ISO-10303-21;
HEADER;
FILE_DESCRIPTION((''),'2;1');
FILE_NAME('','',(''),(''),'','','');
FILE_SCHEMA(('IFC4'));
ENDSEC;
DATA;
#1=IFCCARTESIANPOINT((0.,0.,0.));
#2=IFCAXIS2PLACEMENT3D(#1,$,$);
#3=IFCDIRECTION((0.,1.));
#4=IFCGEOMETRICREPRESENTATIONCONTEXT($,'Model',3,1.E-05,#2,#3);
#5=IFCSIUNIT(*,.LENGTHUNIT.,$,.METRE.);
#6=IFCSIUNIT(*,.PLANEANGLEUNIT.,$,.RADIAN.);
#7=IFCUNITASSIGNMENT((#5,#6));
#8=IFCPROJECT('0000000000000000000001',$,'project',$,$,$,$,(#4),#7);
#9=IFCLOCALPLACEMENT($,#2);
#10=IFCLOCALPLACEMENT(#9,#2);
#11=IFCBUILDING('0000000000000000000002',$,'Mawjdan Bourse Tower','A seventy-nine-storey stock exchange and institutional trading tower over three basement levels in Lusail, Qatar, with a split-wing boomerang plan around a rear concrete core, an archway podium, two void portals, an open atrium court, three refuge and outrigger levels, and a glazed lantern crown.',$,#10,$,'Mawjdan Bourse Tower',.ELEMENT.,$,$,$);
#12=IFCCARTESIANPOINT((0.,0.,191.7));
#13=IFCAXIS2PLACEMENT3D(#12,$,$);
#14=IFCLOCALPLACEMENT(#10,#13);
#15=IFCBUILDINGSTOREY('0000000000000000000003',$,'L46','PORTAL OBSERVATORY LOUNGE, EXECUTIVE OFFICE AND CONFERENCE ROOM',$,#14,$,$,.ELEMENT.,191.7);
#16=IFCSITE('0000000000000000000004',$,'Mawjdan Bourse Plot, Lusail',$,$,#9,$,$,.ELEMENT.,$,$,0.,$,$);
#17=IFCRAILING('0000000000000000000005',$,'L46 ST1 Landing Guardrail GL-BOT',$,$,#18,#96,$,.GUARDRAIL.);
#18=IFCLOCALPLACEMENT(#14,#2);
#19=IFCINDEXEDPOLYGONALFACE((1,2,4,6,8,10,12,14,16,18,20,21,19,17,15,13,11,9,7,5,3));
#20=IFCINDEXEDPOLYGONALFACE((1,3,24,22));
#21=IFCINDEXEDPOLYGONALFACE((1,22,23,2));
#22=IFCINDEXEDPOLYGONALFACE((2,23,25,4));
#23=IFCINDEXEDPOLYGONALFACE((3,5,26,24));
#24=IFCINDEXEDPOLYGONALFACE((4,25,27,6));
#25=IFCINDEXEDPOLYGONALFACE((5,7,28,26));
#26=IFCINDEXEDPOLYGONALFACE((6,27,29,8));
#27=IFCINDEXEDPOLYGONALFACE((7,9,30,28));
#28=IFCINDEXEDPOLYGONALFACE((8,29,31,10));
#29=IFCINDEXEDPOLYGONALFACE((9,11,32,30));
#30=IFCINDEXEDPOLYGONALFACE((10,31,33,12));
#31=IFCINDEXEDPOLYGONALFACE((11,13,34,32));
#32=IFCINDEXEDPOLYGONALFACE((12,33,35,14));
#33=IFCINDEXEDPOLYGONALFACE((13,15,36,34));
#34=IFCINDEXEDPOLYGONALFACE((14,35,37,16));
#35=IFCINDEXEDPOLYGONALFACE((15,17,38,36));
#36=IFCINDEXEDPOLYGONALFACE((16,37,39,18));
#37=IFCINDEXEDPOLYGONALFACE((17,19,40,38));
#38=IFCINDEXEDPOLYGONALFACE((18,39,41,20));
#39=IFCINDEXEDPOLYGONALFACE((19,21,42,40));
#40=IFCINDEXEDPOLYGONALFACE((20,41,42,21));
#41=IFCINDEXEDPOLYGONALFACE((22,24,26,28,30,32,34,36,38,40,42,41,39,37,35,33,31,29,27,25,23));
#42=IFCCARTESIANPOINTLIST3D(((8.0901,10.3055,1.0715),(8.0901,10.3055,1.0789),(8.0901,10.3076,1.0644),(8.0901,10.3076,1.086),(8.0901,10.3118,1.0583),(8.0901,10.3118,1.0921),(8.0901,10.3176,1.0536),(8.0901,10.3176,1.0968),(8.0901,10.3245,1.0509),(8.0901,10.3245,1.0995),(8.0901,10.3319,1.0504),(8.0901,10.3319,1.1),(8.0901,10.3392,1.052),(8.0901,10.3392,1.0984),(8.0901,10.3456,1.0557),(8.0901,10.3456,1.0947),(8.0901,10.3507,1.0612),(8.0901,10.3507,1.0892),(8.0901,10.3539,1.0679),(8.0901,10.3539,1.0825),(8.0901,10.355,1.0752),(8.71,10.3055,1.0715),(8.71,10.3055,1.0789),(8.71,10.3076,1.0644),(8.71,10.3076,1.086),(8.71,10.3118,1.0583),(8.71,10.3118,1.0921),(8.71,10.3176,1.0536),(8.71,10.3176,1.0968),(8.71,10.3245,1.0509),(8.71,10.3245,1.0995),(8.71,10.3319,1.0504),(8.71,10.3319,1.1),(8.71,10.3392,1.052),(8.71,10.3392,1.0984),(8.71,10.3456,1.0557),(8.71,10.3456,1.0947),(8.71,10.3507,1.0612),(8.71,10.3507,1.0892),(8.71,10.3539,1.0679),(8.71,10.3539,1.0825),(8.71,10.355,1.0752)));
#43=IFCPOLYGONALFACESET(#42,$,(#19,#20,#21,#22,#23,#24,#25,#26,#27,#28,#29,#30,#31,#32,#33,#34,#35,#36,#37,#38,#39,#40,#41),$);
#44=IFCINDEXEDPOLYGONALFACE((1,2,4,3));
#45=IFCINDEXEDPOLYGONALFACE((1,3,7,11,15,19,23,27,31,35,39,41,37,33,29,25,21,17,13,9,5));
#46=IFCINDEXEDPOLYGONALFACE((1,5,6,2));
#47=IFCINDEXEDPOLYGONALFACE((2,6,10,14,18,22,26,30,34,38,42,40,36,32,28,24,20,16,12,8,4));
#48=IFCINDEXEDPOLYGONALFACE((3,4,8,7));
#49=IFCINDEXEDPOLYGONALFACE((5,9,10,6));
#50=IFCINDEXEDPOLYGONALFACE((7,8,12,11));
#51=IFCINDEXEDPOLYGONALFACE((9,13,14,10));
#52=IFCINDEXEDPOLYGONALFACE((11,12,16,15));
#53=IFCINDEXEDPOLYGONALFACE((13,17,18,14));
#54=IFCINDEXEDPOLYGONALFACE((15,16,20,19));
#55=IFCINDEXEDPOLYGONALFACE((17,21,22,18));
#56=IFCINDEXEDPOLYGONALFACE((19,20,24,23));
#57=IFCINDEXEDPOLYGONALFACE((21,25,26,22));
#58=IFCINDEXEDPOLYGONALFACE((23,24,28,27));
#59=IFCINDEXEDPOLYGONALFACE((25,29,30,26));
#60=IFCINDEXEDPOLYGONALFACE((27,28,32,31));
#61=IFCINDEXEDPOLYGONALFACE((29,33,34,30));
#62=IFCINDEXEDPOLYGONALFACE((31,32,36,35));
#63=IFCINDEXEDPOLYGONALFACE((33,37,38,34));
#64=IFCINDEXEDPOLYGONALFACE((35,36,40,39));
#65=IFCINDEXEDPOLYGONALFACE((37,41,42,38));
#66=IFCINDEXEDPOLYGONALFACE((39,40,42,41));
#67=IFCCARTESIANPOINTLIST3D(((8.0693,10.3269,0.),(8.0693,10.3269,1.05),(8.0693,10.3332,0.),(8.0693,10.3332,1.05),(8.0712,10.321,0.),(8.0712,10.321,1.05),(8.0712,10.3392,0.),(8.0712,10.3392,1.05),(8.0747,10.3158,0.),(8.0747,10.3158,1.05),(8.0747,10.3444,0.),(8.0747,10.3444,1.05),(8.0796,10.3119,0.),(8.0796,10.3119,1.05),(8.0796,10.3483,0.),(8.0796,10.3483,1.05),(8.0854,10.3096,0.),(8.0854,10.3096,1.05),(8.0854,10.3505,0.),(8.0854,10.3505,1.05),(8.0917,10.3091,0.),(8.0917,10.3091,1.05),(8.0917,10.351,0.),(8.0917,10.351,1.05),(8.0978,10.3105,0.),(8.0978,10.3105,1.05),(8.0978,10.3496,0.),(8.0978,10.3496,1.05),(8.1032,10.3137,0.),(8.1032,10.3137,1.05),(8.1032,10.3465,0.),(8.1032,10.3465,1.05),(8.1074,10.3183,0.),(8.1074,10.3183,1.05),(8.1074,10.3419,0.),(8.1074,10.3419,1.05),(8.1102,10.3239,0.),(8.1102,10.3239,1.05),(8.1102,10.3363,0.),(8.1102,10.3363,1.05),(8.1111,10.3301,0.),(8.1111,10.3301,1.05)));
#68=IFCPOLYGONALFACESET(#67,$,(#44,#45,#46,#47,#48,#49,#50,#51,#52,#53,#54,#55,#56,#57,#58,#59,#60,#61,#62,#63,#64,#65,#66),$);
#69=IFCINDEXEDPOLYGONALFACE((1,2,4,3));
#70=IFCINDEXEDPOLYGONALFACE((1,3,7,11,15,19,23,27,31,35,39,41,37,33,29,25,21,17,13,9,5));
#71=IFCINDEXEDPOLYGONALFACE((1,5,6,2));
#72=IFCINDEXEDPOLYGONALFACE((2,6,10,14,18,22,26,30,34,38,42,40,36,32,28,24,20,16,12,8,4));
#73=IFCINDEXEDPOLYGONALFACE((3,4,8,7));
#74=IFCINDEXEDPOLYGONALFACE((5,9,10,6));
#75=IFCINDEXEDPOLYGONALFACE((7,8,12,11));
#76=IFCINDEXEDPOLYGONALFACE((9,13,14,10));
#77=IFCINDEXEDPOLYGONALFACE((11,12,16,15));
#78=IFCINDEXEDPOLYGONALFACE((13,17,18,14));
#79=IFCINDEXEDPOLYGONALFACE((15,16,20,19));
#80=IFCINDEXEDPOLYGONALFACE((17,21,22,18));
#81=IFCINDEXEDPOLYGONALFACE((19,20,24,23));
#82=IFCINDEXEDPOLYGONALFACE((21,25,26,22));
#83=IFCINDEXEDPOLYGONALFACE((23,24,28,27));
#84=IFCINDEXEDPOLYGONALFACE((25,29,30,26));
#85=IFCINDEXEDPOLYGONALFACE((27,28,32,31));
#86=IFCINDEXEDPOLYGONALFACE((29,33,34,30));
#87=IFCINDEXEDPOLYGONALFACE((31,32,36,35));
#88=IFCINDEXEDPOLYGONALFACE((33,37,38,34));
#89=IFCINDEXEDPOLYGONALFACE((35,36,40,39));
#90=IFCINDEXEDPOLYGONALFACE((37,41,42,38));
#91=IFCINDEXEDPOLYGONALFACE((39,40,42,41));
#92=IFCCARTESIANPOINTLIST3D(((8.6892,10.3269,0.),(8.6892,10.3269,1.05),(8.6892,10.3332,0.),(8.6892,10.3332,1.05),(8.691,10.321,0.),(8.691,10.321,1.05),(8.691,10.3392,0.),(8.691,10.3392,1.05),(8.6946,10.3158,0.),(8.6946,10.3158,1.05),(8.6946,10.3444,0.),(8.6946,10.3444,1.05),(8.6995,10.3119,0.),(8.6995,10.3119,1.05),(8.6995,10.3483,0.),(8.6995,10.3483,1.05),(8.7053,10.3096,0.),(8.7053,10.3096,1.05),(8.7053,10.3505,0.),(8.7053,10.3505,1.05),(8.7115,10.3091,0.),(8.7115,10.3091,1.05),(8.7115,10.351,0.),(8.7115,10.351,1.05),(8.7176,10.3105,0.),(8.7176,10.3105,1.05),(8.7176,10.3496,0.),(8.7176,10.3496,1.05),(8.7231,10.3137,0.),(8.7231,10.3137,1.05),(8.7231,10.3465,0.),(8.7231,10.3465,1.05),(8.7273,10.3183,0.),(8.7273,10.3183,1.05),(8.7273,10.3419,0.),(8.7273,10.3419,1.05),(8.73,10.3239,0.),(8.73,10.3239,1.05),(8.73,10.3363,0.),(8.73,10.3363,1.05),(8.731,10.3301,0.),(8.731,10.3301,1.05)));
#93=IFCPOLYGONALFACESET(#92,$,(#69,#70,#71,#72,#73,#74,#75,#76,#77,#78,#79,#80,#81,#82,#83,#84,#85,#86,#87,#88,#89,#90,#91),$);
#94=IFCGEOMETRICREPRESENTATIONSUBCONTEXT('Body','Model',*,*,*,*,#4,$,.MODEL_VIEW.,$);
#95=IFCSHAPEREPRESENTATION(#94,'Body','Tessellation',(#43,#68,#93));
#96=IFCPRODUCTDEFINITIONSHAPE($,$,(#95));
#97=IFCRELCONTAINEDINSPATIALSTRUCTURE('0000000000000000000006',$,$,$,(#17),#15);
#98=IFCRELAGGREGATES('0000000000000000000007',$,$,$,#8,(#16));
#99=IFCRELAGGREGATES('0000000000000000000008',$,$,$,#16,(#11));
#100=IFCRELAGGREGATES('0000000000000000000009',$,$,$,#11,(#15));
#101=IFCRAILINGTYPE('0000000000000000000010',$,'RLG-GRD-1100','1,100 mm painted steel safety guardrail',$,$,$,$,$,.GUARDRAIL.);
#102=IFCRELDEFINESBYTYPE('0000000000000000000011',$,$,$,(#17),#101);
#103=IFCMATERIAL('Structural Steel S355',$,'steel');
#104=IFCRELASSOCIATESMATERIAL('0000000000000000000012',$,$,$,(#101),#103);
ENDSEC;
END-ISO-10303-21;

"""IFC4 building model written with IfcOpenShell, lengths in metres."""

from ifc_helpers import new_model, si_unit, direction, frame, origin, origin_2d, place, context, subcontext, project, spatial, circle, extrude, material, type_object, element, save


model = new_model("IFC4")

# Units and contexts
model_context = context("Model", 3, precision=1e-05, world=origin(), true_north=direction((0.0, 1.0)))
body_context = subcontext(model_context, "Body", "Model", "MODEL_VIEW")
ifc_project = project(units=[si_unit("LENGTHUNIT", "METRE"), si_unit("PLANEANGLEUNIT", "RADIAN")], contexts=[model_context])

# Site, building, storey
site_placement = place(None, origin())
site = spatial("IfcSite", under=ifc_project, at=site_placement, Name="Mawjdan Bourse Plot, Lusail", CompositionType="ELEMENT", RefElevation=0.0)
building_placement = place(site_placement, origin())
building = spatial("IfcBuilding", under=site, at=building_placement, Name="Mawjdan Bourse Tower", Description="A seventy-nine-storey stock exchange and institutional trading tower over three basement levels in Lusail, Qatar, with a split-wing boomerang plan around a rear concrete core, an archway podium, two void portals, an open atrium court, three refuge and outrigger levels, and a glazed lantern crown.", LongName="Mawjdan Bourse Tower", CompositionType="ELEMENT")
storey_placement = place(building_placement, frame((0.0, 0.0, 191.7)))
storey = spatial("IfcBuildingStorey", under=building, at=storey_placement, Name="L46", Description="PORTAL OBSERVATORY LOUNGE, EXECUTIVE OFFICE AND CONFERENCE ROOM", CompositionType="ELEMENT", Elevation=191.7)

# Railing
ifc_material_1 = material(Name="Structural Steel S355", Category="steel")
railing_type_1 = type_object("IfcRailingType", Name="RLG-GRD-1100", Description="1,100 mm painted steel safety guardrail", PredefinedType="GUARDRAIL", material=ifc_material_1)
for number, where, name in (
    (1, (8.0901, 10.3301, 0.0), "L46 ST1 Landing Guardrail GL-BOT"),
):
    element("IfcRailing", number, at=place(storey_placement, frame(where)), inside=storey, type_object=railing_type_1, Name=name, PredefinedType="GUARDRAIL", context=body_context, shape_type="SweptSolid", body=[
        extrude(circle(Radius=0.0249, at=origin_2d()), frame((0.0, 0.0, 1.0752), z_axis=(1.0, 0.0, 0.0), x_axis=(0.0, 1.0, 0.0)), (0.0, 0.0, 1.0), 0.6199),
        extrude(circle(Radius=0.021, at=origin_2d()), origin(), (0.0, 0.0, 1.0), 1.05),
        extrude(circle(Radius=0.021, at=origin_2d()), frame((0.6199, 0.0, 0.0)), (0.0, 0.0, 1.0), 1.05),
    ])

save(model, "model.ifc")
